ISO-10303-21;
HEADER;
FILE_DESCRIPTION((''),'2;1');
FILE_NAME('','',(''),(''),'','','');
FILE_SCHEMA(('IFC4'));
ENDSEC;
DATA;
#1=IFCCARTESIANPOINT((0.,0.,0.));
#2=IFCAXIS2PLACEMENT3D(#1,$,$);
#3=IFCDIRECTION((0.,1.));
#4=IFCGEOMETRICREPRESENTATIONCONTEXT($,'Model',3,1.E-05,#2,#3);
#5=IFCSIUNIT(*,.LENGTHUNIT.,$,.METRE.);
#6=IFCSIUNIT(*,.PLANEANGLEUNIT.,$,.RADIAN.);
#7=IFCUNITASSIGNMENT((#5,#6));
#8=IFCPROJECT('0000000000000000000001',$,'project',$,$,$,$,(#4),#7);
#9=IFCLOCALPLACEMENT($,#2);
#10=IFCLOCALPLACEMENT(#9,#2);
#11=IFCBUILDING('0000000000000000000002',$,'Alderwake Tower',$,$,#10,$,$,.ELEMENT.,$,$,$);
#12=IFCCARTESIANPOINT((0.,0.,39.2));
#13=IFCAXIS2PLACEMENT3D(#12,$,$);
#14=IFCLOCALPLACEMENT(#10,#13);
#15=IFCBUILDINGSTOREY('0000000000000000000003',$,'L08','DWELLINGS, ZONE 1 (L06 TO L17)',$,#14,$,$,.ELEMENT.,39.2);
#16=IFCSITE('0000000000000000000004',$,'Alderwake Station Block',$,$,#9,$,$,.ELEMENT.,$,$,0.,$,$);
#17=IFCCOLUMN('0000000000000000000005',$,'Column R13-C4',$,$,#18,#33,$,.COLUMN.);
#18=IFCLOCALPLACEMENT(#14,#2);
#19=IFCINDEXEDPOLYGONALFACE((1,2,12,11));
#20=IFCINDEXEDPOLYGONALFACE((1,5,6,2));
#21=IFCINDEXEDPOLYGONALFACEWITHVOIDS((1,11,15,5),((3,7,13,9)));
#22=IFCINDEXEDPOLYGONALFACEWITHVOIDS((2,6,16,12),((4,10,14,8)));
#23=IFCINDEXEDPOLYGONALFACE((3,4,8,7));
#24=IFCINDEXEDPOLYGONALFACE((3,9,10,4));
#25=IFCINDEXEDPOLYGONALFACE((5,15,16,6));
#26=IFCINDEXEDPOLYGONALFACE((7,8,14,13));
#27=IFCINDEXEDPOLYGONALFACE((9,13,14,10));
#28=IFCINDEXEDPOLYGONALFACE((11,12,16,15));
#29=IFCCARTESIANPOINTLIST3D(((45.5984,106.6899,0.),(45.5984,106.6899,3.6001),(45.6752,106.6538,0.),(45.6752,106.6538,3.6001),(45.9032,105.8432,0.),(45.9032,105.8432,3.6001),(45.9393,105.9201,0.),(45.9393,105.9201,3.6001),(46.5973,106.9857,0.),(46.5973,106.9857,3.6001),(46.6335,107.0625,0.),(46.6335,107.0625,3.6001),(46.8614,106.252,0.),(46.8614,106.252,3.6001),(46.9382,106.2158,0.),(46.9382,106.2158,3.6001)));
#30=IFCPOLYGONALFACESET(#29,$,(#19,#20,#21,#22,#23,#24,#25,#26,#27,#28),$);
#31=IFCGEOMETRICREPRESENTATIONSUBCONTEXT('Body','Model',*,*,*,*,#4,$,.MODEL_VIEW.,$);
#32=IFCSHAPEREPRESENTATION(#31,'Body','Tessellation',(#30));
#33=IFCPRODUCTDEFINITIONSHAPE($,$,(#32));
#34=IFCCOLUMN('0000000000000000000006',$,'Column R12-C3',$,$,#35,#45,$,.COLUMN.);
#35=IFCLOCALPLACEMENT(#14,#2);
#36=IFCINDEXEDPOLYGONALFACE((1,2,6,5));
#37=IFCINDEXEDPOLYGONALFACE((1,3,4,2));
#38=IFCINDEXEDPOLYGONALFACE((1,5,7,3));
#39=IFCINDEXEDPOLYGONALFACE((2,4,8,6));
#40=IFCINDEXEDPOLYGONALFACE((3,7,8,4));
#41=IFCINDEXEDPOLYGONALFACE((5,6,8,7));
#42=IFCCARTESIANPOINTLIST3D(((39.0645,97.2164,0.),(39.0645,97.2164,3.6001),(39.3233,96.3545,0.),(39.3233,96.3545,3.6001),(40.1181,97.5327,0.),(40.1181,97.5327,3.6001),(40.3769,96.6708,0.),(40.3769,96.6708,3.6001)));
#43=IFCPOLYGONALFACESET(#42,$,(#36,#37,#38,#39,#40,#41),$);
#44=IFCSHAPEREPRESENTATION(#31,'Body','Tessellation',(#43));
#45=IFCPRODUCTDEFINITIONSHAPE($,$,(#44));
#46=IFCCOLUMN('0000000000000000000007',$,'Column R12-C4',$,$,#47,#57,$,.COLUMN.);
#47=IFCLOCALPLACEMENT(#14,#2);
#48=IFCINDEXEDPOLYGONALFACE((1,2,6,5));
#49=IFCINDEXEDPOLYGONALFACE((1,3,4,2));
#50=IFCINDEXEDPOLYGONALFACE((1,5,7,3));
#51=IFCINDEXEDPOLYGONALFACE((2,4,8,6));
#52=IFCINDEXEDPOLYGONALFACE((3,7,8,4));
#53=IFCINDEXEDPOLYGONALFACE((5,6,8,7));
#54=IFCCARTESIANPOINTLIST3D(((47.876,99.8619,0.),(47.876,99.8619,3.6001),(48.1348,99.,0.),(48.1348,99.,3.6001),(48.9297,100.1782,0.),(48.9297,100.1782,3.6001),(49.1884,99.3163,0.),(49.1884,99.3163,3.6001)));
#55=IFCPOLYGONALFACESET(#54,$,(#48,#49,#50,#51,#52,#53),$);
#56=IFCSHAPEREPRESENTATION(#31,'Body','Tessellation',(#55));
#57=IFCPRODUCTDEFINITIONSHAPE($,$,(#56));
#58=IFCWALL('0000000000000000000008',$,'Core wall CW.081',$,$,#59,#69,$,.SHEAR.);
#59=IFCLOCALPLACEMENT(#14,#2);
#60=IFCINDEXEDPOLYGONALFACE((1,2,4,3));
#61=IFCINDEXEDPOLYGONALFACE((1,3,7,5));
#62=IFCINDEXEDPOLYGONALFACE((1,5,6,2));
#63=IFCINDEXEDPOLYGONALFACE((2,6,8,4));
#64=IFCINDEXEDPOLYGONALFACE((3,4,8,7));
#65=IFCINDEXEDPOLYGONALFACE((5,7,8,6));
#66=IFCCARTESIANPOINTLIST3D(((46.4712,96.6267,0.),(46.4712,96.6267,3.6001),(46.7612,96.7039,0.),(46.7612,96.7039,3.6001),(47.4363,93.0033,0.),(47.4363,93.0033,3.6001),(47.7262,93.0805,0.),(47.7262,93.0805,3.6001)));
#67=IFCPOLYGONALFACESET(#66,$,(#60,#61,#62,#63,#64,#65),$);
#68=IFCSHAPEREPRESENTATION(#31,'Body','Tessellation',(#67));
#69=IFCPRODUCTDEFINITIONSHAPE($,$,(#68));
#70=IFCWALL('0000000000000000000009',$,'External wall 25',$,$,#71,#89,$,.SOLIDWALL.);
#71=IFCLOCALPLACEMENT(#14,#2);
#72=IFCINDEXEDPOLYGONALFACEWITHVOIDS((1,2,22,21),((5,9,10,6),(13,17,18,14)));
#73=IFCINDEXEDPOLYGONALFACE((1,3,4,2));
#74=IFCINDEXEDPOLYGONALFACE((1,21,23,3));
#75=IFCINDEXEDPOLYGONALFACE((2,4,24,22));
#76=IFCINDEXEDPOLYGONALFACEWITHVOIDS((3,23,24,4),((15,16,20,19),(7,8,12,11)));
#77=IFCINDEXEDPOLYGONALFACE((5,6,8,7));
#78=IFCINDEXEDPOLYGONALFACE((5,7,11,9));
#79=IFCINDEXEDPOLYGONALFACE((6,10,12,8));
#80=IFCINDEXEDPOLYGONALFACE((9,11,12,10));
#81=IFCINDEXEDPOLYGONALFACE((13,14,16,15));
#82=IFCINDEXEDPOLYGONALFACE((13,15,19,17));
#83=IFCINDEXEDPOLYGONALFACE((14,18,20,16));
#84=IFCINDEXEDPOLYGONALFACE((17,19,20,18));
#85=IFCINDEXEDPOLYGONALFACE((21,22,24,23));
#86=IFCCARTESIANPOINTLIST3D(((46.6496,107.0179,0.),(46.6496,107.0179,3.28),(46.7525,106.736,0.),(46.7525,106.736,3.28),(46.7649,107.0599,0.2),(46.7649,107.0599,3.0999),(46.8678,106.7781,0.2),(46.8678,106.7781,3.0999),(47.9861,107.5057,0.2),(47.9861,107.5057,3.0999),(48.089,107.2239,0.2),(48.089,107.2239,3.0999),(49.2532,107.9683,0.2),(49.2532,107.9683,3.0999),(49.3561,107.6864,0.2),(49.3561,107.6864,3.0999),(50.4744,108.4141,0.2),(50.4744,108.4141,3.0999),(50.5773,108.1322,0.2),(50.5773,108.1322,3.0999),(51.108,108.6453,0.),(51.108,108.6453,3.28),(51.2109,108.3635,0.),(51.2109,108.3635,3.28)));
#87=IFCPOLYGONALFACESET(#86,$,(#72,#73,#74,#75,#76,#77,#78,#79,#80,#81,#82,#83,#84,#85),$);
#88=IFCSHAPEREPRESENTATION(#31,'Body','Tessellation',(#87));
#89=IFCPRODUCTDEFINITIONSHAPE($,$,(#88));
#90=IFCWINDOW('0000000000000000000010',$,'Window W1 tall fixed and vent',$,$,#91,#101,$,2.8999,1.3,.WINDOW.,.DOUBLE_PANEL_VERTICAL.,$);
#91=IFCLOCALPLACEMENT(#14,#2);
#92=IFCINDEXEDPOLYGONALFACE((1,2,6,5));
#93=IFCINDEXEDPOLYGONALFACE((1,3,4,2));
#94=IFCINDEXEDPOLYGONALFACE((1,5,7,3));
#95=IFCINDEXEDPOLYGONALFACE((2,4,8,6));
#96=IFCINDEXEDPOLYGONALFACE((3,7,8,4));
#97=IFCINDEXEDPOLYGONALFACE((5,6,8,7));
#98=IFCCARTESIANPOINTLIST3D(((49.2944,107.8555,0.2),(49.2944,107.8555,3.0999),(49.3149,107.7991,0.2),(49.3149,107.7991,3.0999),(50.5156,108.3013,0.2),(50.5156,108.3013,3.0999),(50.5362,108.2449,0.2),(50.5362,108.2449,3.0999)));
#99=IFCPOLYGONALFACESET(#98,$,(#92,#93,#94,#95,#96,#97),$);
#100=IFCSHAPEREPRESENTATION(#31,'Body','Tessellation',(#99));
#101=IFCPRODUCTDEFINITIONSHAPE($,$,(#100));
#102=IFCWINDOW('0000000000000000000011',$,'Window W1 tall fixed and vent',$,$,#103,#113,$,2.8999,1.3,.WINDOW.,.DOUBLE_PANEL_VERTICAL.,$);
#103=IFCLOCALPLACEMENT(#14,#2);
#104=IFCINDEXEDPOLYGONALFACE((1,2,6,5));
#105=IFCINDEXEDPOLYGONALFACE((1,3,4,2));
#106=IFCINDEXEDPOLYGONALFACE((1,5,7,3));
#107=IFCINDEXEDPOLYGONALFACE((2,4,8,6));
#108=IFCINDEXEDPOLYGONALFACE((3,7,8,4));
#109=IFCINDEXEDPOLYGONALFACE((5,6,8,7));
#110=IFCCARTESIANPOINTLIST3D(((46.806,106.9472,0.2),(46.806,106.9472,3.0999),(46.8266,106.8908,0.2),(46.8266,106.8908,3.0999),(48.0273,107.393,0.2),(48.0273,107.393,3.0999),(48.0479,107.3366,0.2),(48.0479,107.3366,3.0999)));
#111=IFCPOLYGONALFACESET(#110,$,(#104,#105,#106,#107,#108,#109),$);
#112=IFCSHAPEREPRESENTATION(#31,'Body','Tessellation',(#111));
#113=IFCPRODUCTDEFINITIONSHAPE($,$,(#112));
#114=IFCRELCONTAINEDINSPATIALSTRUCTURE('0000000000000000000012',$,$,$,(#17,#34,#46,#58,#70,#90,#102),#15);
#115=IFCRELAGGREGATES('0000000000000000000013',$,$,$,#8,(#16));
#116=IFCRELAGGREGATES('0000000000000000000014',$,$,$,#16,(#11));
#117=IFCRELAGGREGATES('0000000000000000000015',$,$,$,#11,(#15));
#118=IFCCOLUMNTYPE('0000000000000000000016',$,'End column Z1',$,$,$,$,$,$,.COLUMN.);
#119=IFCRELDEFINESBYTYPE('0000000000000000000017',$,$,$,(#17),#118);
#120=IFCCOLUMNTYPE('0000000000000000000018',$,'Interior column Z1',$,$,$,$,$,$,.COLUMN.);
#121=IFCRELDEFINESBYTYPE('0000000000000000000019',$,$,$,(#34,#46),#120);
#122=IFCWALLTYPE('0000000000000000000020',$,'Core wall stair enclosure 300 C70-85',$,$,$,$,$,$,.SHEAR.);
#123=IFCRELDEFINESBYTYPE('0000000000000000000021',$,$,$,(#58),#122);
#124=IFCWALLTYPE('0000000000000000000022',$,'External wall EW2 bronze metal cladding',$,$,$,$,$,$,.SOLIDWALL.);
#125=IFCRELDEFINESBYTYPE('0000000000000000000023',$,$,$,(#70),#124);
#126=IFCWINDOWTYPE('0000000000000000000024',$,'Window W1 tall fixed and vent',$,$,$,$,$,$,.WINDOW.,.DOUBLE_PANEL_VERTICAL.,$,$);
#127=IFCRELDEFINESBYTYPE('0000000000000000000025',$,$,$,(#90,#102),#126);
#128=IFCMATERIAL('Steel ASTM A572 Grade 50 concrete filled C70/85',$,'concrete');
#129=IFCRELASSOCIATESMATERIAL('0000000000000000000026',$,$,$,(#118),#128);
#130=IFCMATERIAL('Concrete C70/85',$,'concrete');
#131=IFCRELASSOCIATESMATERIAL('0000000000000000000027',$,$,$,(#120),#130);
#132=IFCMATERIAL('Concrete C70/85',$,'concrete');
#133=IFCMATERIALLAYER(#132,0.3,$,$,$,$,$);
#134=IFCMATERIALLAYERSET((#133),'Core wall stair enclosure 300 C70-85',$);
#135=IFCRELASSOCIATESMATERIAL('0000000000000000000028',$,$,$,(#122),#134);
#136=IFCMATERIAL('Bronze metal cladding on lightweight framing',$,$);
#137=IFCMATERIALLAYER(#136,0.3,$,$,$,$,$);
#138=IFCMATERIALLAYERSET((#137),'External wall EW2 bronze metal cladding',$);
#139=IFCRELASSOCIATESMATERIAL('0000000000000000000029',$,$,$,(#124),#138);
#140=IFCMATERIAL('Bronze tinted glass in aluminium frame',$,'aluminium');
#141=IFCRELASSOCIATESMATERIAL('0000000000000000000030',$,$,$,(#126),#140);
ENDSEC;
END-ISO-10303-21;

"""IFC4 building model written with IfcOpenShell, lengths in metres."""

from ifc_helpers import new_model, si_unit, direction, frame, frame_2d, origin, origin_2d, place, context, subcontext, project, spatial, rectangle, hollow_rectangle, extrude, material, layer, layer_set, material_profile, profile_set, type_object, element, fill, save


model = new_model("IFC4")

# Units and contexts
model_context = context("Model", 3, precision=1e-05, world=origin(), true_north=direction((0.0, 1.0)))
body_context = subcontext(model_context, "Body", "Model", "MODEL_VIEW")
ifc_project = project(units=[si_unit("LENGTHUNIT", "METRE"), si_unit("PLANEANGLEUNIT", "RADIAN")], contexts=[model_context])

# Site, building, storey
site_placement = place(None, origin())
site = spatial("IfcSite", under=ifc_project, at=site_placement, Name="Alderwake Station Block", CompositionType="ELEMENT", RefElevation=0.0)
building_placement = place(site_placement, origin())
building = spatial("IfcBuilding", under=site, at=building_placement, Name="Alderwake Tower", CompositionType="ELEMENT")
storey_placement = place(building_placement, frame((0.0, 0.0, 39.2)))
storey = spatial("IfcBuildingStorey", under=building, at=storey_placement, Name="L08", Description="DWELLINGS, ZONE 1 (L06 TO L17)", CompositionType="ELEMENT", Elevation=39.2)

# Columns
ifc_material_1 = material(Name="Steel ASTM A572 Grade 50 concrete filled C70/85", Category="concrete")
ifc_material_profile_1 = material_profile(ifc_material_1, hollow_rectangle(XDim=0.8999, YDim=1.1001, WallThickness=0.0601, at=origin_2d()), Name="BOX 1100X900X60")
ifc_profile_set_1 = profile_set([ifc_material_profile_1], Name="Steel ASTM A572 Grade 50 concrete filled C70/85")
column_type_1 = type_object("IfcColumnType", Name="End column Z1", PredefinedType="COLUMN", material=ifc_profile_set_1)
column_placement = place(storey_placement, frame((46.2683, 106.4529, 0.0), z_axis=(0.0, 0.0, 1.0), x_axis=(-0.338695, 0.940896, 0.0)))
element("IfcColumn", 1, at=column_placement, inside=storey, type_object=column_type_1, Name="Column R13-C4", PredefinedType="COLUMN", context=body_context, shape_type="SweptSolid", body=[
    extrude(hollow_rectangle(XDim=0.8999, YDim=1.1001, WallThickness=0.0601, at=origin_2d()), origin(), (0.0, 0.0, 1.0), 3.6001),
])
ifc_material_2 = material(Name="Concrete C70/85", Category="concrete")
ifc_material_profile_2 = material_profile(ifc_material_2, rectangle(XDim=0.8999, YDim=1.1001, at=origin_2d()), Name="RC 1100X900")
ifc_profile_set_2 = profile_set([ifc_material_profile_2], Name="Concrete C70/85")
column_type_2 = type_object("IfcColumnType", Name="Interior column Z1", PredefinedType="COLUMN", material=ifc_profile_set_2)
for number, where, z_axis, x_axis, name in (
    (2, (39.7207, 96.9436, 0.0), (0.0, 0.0, 1.0), (-0.287549, 0.957766, 0.0), "Column R12-C3"),
    (3, (48.5322, 99.5891, 0.0), (0.0, 0.0, 1.0), (-0.287549, 0.957766, 0.0), "Column R12-C4"),
):
    element("IfcColumn", number, at=place(storey_placement, frame(where, z_axis=z_axis, x_axis=x_axis)), inside=storey, type_object=column_type_2, Name=name, PredefinedType="COLUMN", context=body_context, shape_type="SweptSolid", body=[
        extrude(rectangle(XDim=0.8999, YDim=1.1001, at=origin_2d()), origin(), (0.0, 0.0, 1.0), 3.6001),
    ])

# Wall
ifc_material_3 = material(Name="Concrete C70/85", Category="concrete")
ifc_layer_1 = layer(ifc_material_3, 0.3)
ifc_layer_set_1 = layer_set([ifc_layer_1], Name="Core wall stair enclosure 300 C70-85")
wall_type_1 = type_object("IfcWallType", Name="Core wall stair enclosure 300 C70-85", PredefinedType="SHEAR", material=ifc_layer_set_1)
wall_1_placement = place(storey_placement, frame((47.5813, 93.0417, 0.0), z_axis=(0.0, 0.0, 1.0), x_axis=(-0.257367, 0.966314, 0.0)))
element("IfcWall", 4, at=wall_1_placement, inside=storey, type_object=wall_type_1, Name="Core wall CW.081", PredefinedType="SHEAR", context=body_context, shape_type="SweptSolid", body=[
    extrude(rectangle(XDim=3.7498, YDim=0.3, at=frame_2d((1.875, 0.0))), origin(), (0.0, 0.0, 1.0), 3.6001),
])

# Wall, openings, windows
ifc_material_4 = material(Name="Bronze metal cladding on lightweight framing")
ifc_layer_2 = layer(ifc_material_4, 0.3)
ifc_layer_set_2 = layer_set([ifc_layer_2], Name="External wall EW2 bronze metal cladding")
wall_type_2 = type_object("IfcWallType", Name="External wall EW2 bronze metal cladding", PredefinedType="SOLIDWALL", material=ifc_layer_set_2)
wall_2_placement = place(storey_placement, frame((51.1594, 108.5044, 0.0), z_axis=(0.0, 0.0, 1.0), x_axis=(-0.939369, -0.342908, 0.0)))
wall_2 = element("IfcWall", 5, at=wall_2_placement, inside=storey, type_object=wall_type_2, Name="External wall 25", PredefinedType="SOLIDWALL", context=body_context, shape_type="SweptSolid", body=[
    extrude(rectangle(XDim=4.7461, YDim=0.3, at=frame_2d((2.373, 0.0))), origin(), (0.0, 0.0, 1.0), 3.28),
])
opening_1_placement = place(wall_2_placement, frame((0.6746, 0.0, 0.2)))
opening_1 = element("IfcOpeningElement", 6, at=opening_1_placement, cuts=wall_2, PredefinedType="OPENING", context=body_context, shape_type="SweptSolid", body=[
    extrude(rectangle(XDim=1.3, YDim=2.8999, at=frame_2d((0.6499, 1.45))), frame((0.0, 0.1599, 0.0), z_axis=(0.0, -1.0, 0.0), x_axis=(1.0, 0.0, 0.0)), (0.0, 0.0, 1.0), 0.3201),
])
opening_2_placement = place(wall_2_placement, frame((3.3235, 0.0, 0.2)))
opening_2 = element("IfcOpeningElement", 7, at=opening_2_placement, cuts=wall_2, PredefinedType="OPENING", context=body_context, shape_type="SweptSolid", body=[
    extrude(rectangle(XDim=1.3, YDim=2.8999, at=frame_2d((0.6499, 1.45))), frame((0.0, 0.1599, 0.0), z_axis=(0.0, -1.0, 0.0), x_axis=(1.0, 0.0, 0.0)), (0.0, 0.0, 1.0), 0.3201),
])
ifc_material_5 = material(Name="Bronze tinted glass in aluminium frame", Category="aluminium")
window_type = type_object("IfcWindowType", Name="Window W1 tall fixed and vent", PartitioningType="DOUBLE_PANEL_VERTICAL", PredefinedType="WINDOW", material=ifc_material_5)
window_1_placement = place(opening_1_placement, origin())
window_1 = element("IfcWindow", 8, at=window_1_placement, inside=storey, type_object=window_type, Name="Window W1 tall fixed and vent", OverallHeight=2.8999, OverallWidth=1.3, PartitioningType="DOUBLE_PANEL_VERTICAL", PredefinedType="WINDOW", context=body_context, shape_type="SweptSolid", body=[
    extrude(rectangle(XDim=1.3, YDim=2.8999, at=frame_2d((0.6499, 1.45))), frame((0.0, 0.03, 0.0), z_axis=(0.0, -1.0, 0.0), x_axis=(1.0, 0.0, 0.0)), (0.0, 0.0, 1.0), 0.0601),
])
fill(opening_1, window_1)
window_2_placement = place(opening_2_placement, origin())
window_2 = element("IfcWindow", 9, at=window_2_placement, inside=storey, type_object=window_type, Name="Window W1 tall fixed and vent", OverallHeight=2.8999, OverallWidth=1.3, PartitioningType="DOUBLE_PANEL_VERTICAL", PredefinedType="WINDOW", context=body_context, shape_type="SweptSolid", body=[
    extrude(rectangle(XDim=1.3, YDim=2.8999, at=frame_2d((0.6499, 1.45))), frame((0.0, 0.03, 0.0), z_axis=(0.0, -1.0, 0.0), x_axis=(1.0, 0.0, 0.0)), (0.0, 0.0, 1.0), 0.0601),
])
fill(opening_2, window_2)

save(model, "model.ifc")
